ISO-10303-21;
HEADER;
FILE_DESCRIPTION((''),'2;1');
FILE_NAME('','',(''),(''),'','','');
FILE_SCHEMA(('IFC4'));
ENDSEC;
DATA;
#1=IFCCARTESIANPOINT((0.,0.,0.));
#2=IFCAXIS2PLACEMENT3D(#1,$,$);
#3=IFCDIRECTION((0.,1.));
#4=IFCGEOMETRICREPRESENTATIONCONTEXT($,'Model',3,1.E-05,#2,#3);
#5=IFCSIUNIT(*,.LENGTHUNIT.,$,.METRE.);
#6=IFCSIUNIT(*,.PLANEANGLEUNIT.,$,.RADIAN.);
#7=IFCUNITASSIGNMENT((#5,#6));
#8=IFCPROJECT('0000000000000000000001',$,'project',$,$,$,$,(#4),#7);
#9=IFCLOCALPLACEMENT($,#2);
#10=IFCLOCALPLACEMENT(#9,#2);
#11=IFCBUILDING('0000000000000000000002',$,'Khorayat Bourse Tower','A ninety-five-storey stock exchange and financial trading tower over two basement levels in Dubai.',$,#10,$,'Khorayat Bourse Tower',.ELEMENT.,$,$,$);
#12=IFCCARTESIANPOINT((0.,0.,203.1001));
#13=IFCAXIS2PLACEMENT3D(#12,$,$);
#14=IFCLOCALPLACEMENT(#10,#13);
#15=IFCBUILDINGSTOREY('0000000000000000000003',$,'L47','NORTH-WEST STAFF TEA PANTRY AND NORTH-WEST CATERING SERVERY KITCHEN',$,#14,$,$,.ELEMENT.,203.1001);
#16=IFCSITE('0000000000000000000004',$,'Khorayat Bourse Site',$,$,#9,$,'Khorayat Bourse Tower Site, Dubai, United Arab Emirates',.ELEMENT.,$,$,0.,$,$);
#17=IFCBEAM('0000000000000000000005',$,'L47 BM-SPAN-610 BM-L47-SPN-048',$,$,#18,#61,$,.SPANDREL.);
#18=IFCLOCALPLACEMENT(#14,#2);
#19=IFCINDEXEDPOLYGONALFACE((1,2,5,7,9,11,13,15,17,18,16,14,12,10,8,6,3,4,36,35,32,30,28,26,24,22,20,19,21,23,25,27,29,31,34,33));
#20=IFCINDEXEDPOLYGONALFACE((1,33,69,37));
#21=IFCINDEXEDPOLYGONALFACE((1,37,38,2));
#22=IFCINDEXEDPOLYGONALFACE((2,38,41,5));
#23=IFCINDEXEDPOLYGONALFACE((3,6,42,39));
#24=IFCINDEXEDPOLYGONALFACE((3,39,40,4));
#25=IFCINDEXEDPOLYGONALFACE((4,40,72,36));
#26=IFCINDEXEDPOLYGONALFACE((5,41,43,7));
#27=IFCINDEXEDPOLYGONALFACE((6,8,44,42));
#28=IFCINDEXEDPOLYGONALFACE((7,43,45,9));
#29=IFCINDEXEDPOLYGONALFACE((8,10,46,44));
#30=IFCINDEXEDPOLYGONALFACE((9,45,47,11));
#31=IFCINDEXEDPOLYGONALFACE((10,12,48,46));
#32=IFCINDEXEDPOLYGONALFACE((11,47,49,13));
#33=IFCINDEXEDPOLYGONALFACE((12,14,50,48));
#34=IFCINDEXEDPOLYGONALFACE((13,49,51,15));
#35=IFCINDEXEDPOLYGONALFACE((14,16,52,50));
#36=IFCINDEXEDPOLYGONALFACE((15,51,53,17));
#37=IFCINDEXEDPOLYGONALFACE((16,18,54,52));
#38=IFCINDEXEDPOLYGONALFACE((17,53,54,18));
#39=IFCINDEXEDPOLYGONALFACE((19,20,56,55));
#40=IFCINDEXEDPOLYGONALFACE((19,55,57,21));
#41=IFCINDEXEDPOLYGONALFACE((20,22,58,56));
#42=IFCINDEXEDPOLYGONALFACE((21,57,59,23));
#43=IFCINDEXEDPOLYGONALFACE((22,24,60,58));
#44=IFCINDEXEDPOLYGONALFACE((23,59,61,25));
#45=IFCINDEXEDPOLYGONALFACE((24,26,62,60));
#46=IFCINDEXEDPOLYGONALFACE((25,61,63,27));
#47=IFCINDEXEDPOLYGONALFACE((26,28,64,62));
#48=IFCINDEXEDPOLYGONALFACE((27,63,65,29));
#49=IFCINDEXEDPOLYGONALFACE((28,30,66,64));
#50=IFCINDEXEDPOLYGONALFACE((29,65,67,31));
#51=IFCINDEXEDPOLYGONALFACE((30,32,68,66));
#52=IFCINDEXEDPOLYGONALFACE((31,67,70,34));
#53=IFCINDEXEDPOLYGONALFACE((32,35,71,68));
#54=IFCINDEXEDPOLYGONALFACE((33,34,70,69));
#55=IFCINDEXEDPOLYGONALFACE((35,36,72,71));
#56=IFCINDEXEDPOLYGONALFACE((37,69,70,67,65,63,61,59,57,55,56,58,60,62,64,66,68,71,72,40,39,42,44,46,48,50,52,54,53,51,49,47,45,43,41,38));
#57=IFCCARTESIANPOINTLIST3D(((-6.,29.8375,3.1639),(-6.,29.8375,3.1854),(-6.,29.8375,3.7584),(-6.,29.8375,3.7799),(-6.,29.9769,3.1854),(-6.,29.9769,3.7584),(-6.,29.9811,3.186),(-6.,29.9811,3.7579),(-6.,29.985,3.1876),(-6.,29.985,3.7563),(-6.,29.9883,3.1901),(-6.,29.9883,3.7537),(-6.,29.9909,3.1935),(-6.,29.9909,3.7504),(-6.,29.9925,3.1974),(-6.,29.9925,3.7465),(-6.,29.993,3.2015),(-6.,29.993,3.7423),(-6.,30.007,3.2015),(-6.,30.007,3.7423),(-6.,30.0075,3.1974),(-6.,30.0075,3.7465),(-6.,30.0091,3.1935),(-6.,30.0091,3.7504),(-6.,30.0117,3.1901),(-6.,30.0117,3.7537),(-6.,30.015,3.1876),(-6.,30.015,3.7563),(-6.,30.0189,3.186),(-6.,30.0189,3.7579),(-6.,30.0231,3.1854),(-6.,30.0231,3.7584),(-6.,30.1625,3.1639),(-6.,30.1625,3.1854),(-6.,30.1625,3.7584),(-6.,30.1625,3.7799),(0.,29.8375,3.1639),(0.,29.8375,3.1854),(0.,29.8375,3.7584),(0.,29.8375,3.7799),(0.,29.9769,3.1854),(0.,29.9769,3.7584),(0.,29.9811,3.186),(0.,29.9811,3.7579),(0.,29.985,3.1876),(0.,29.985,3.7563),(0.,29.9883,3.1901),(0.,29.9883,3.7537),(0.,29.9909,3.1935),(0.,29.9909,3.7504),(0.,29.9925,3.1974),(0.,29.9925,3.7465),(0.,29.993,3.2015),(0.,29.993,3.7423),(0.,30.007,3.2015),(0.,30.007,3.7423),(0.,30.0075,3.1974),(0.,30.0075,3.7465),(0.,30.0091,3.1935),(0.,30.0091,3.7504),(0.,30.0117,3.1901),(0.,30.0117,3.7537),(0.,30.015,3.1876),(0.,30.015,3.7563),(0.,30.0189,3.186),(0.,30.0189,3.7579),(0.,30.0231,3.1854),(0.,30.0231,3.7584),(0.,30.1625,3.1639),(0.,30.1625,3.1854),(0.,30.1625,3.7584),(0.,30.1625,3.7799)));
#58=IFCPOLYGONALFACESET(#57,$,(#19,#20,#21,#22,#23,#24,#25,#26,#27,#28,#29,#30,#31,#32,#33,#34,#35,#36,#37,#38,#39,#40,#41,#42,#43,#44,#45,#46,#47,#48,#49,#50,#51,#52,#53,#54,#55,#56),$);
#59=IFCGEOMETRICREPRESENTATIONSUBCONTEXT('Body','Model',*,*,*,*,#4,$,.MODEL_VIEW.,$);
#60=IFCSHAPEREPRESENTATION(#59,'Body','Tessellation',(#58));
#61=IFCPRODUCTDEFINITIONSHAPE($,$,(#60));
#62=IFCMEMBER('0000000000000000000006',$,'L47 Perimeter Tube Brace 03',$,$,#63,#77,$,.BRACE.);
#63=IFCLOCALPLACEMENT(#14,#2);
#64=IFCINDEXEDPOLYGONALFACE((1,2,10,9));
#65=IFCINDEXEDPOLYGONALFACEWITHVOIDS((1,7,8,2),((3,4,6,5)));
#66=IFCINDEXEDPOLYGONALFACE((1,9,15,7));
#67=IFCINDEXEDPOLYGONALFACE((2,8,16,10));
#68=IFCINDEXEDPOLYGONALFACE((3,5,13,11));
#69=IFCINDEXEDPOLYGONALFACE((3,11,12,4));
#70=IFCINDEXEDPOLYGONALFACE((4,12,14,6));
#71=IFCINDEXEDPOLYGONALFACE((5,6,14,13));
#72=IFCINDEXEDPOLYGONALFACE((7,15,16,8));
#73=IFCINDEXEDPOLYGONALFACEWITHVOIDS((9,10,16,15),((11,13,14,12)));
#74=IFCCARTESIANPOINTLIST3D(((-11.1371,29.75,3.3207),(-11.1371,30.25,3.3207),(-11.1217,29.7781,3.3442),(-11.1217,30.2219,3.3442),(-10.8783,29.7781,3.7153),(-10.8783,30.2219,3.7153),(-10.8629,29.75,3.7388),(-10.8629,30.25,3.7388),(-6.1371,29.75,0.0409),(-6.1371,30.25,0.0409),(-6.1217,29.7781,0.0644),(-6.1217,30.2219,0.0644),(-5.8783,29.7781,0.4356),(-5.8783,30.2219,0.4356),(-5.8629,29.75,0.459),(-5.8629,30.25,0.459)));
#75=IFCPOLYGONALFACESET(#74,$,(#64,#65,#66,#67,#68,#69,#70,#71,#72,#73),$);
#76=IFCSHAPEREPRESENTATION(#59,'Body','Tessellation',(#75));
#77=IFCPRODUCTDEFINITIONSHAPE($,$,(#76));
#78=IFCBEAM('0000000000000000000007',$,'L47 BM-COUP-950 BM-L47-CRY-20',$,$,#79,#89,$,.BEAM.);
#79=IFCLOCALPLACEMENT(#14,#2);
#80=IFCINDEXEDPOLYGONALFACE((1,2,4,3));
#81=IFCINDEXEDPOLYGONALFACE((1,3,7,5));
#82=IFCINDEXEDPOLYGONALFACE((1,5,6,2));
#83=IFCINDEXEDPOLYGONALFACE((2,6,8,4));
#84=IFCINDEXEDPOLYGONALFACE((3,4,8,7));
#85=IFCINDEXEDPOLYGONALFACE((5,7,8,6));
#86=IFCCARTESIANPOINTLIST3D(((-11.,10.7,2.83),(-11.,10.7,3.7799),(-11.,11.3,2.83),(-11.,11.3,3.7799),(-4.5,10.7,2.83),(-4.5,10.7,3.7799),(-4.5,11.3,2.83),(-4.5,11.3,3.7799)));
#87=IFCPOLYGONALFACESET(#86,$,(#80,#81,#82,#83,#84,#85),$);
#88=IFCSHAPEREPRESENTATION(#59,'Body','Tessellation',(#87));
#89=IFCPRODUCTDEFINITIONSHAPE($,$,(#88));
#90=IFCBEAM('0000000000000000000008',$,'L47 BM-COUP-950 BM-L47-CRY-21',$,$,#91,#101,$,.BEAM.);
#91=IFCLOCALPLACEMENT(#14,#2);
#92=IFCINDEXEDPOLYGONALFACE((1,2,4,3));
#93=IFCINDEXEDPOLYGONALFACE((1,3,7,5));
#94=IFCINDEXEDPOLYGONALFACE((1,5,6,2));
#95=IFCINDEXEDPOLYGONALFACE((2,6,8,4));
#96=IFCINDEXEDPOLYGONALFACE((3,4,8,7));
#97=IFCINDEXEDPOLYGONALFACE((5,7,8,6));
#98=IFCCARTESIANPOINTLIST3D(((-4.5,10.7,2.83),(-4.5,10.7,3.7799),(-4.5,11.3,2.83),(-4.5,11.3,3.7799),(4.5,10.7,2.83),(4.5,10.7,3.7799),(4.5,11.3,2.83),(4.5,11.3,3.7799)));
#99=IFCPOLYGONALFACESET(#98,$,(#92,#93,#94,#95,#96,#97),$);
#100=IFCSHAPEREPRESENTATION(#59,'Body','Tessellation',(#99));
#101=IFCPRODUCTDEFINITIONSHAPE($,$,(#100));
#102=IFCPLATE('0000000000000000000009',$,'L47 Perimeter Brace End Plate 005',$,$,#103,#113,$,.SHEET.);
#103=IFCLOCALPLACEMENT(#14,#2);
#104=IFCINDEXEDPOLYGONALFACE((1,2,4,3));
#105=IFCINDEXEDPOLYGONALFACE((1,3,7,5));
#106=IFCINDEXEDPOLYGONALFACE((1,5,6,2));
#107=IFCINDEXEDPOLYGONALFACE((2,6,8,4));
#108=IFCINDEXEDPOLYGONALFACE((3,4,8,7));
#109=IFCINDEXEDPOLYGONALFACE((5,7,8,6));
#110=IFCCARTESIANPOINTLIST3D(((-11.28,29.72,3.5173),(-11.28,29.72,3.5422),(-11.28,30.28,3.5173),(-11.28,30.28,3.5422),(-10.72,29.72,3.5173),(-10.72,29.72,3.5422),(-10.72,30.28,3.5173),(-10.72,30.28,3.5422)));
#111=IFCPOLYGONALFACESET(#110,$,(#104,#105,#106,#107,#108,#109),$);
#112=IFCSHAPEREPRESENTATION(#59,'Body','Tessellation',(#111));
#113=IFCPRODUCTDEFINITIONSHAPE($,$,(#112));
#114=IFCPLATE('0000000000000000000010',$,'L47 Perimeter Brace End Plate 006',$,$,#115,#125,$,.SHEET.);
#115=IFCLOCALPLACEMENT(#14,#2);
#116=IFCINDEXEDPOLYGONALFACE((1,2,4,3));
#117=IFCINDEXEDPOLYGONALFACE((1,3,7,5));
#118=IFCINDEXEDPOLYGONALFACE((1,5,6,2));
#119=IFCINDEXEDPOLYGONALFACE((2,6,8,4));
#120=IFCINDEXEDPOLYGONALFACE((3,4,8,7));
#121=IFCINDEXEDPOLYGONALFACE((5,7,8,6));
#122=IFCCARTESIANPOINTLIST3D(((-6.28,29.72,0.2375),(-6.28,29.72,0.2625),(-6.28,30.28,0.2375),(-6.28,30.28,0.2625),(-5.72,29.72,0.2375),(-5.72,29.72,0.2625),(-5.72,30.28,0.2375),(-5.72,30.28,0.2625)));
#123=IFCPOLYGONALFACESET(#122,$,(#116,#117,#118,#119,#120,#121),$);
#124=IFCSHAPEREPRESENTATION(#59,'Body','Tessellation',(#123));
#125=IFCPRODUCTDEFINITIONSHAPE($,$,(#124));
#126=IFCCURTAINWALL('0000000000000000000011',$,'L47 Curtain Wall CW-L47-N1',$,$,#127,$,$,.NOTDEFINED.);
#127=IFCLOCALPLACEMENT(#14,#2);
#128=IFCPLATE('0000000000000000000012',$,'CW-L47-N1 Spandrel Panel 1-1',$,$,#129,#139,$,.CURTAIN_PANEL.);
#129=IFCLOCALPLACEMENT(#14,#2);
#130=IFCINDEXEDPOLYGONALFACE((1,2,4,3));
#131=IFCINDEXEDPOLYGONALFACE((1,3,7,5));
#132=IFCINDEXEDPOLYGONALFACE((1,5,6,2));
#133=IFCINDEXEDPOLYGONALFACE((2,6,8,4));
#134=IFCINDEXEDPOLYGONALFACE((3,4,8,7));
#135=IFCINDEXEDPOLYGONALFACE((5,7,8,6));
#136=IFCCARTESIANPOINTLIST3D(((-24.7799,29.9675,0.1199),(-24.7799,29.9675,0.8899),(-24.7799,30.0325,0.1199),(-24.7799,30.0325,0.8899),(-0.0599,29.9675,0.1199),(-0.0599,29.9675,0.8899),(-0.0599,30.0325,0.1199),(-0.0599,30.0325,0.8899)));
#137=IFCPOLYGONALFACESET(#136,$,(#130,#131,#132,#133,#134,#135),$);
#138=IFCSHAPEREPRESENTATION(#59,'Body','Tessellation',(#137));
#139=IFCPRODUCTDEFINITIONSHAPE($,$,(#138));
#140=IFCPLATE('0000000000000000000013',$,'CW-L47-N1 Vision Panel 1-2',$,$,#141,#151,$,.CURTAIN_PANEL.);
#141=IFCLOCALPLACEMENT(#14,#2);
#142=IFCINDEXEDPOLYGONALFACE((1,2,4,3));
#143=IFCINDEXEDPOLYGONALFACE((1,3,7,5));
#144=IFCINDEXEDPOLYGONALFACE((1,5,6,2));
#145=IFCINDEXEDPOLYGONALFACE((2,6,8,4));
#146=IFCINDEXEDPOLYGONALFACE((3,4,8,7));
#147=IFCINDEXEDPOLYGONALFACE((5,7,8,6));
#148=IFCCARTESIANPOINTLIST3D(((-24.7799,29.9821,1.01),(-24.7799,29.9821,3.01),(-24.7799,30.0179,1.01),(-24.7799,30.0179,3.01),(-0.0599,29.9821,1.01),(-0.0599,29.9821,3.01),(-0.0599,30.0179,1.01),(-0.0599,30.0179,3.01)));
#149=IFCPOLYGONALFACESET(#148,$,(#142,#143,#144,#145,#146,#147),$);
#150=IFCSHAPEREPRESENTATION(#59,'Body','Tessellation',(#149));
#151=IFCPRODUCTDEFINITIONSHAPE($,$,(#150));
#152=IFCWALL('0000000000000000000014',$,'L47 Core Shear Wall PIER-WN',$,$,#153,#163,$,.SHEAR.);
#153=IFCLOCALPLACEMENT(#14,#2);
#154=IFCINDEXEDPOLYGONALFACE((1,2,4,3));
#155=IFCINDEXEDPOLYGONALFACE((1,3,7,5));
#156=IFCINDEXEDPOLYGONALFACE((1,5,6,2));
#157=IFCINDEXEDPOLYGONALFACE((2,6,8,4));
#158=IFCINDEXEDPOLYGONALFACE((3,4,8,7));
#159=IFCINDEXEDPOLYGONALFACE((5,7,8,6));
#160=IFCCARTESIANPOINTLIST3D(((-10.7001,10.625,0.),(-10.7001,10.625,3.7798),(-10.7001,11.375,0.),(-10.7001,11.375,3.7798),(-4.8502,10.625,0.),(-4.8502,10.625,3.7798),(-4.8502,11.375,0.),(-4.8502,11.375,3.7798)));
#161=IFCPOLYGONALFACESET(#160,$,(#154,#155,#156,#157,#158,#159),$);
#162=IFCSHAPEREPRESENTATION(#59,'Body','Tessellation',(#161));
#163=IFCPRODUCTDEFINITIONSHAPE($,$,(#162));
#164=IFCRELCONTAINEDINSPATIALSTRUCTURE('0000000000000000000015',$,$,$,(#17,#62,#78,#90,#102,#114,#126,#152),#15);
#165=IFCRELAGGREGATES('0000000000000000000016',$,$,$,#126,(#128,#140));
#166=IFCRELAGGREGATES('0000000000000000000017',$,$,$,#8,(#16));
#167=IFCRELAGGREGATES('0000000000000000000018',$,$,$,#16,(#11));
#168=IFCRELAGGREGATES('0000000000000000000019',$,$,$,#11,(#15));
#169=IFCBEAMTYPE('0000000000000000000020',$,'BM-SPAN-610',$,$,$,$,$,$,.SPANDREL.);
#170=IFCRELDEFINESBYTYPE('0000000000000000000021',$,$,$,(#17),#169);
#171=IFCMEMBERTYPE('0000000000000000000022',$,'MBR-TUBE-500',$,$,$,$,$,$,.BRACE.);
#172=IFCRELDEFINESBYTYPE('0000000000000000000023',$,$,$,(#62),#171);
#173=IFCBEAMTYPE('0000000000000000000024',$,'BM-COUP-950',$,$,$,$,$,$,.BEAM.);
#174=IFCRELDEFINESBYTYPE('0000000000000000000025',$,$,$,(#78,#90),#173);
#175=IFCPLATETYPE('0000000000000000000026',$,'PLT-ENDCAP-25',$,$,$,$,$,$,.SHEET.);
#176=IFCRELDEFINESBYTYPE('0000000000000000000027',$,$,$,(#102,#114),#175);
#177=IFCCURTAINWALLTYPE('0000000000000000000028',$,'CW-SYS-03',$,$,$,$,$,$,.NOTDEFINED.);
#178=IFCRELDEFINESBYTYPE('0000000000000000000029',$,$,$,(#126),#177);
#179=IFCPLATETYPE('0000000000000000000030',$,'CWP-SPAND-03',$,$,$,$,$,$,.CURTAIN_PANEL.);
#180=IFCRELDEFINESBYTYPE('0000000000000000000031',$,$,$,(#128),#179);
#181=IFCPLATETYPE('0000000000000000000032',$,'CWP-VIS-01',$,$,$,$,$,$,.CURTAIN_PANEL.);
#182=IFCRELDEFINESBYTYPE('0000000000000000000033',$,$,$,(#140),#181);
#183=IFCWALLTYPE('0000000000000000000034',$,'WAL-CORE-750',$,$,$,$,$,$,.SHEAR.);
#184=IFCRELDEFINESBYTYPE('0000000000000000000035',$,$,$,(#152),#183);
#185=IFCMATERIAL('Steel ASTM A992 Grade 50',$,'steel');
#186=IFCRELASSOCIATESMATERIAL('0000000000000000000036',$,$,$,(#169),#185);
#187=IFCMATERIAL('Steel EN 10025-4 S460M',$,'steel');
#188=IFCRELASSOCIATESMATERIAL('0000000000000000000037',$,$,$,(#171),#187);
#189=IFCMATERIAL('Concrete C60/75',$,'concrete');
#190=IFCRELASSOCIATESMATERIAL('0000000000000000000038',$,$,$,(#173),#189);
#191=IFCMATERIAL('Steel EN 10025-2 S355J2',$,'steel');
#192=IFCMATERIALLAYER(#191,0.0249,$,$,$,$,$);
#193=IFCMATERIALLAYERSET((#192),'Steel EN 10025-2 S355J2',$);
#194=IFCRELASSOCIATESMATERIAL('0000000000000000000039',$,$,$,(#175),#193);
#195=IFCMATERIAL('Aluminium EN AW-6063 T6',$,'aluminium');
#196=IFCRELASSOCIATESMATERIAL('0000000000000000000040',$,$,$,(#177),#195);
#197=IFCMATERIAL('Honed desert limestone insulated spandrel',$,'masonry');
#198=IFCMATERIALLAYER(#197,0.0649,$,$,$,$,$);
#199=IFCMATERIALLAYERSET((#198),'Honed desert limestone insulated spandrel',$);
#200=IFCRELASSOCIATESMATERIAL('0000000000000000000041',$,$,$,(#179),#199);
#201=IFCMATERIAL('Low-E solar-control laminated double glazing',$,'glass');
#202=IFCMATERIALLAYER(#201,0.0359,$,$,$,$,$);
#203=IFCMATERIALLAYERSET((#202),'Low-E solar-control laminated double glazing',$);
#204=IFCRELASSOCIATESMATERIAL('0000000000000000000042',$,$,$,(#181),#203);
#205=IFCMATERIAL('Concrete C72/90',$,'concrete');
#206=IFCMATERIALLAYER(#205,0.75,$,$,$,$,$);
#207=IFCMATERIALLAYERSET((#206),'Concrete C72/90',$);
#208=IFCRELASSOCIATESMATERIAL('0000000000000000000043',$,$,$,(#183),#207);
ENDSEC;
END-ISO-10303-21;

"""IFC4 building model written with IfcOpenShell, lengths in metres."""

from ifc_helpers import new_model, si_unit, direction, frame, frame_2d, origin, origin_2d, place, context, subcontext, project, spatial, rectangle, hollow_rectangle, i_section, extrude, source, transform, mapped, material, layer, layer_set, material_profile, profile_set, type_object, element, aggregate, save


model = new_model("IFC4")

# Units and contexts
model_context = context("Model", 3, precision=1e-05, world=origin(), true_north=direction((0.0, 1.0)))
body_context = subcontext(model_context, "Body", "Model", "MODEL_VIEW")
ifc_project = project(units=[si_unit("LENGTHUNIT", "METRE"), si_unit("PLANEANGLEUNIT", "RADIAN")], contexts=[model_context])

# Site, building, storey
site_placement = place(None, origin())
site = spatial("IfcSite", under=ifc_project, at=site_placement, Name="Khorayat Bourse Site", LongName="Khorayat Bourse Tower Site, Dubai, United Arab Emirates", CompositionType="ELEMENT", RefElevation=0.0)
building_placement = place(site_placement, origin())
building = spatial("IfcBuilding", under=site, at=building_placement, Name="Khorayat Bourse Tower", Description="A ninety-five-storey stock exchange and financial trading tower over two basement levels in Dubai.", LongName="Khorayat Bourse Tower", CompositionType="ELEMENT")
storey_placement = place(building_placement, frame((0.0, 0.0, 203.1001)))
storey = spatial("IfcBuildingStorey", under=building, at=storey_placement, Name="L47", Description="NORTH-WEST STAFF TEA PANTRY AND NORTH-WEST CATERING SERVERY KITCHEN", CompositionType="ELEMENT", Elevation=203.1001)

# Shared definitions
ifc_material_1 = material(Name="Steel EN 10025-4 S460M", Category="steel")
ifc_material_2 = material(Name="Concrete C60/75", Category="concrete")

# Beam
ifc_material_3 = material(Name="Steel ASTM A992 Grade 50", Category="steel")
ifc_material_profile_1 = material_profile(ifc_material_3, i_section(OverallWidth=0.325, OverallDepth=0.616, WebThickness=0.0139, FlangeThickness=0.0215, FilletRadius=0.0161, at=origin_2d()), Name="W610X174")
ifc_profile_set_1 = profile_set([ifc_material_profile_1], Name="Steel ASTM A992 Grade 50")
beam_type_1 = type_object("IfcBeamType", Name="BM-SPAN-610", PredefinedType="SPANDREL", material=ifc_profile_set_1)
shared_shape_1 = source(origin(), body_context, "Body", "SweptSolid", [
    extrude(i_section(OverallWidth=0.325, OverallDepth=0.616, WebThickness=0.0139, FlangeThickness=0.0215, FilletRadius=0.0161, at=origin_2d()), origin(), (0.0, 0.0, 1.0), 6.0),
])
beam_1_placement = place(storey_placement, frame((-6.0, 30.0, 3.4719), z_axis=(1.0, 0.0, 0.0), x_axis=(0.0, 1.0, 0.0)))
element("IfcBeam", 1, at=beam_1_placement, inside=storey, type_object=beam_type_1, Name="L47 BM-SPAN-610 BM-L47-SPN-048", PredefinedType="SPANDREL", context=body_context, shape_type="MappedRepresentation", body=[
    mapped(shared_shape_1, transform((0.0, 0.0, 0.0), scale=1.0)),
])

# Member
ifc_material_profile_2 = material_profile(ifc_material_1, hollow_rectangle(XDim=0.5, YDim=0.5, WallThickness=0.0281, at=origin_2d()), Name="HSS 500x500x28")
ifc_profile_set_2 = profile_set([ifc_material_profile_2], Name="Steel EN 10025-4 S460M")
member_type = type_object("IfcMemberType", Name="MBR-TUBE-500", PredefinedType="BRACE", material=ifc_profile_set_2)
shared_shape_2 = source(origin(), body_context, "Body", "SweptSolid", [
    extrude(hollow_rectangle(XDim=0.5, YDim=0.5, WallThickness=0.0281, at=origin_2d()), origin(), (0.0, 0.0, 1.0), 5.9797),
])
member_placement = place(storey_placement, frame((-11.0, 30.0, 3.5298), z_axis=(0.83616, 0.0, -0.548485), x_axis=(0.0, 1.0, 0.0)))
element("IfcMember", 2, at=member_placement, inside=storey, type_object=member_type, Name="L47 Perimeter Tube Brace 03", PredefinedType="BRACE", context=body_context, shape_type="MappedRepresentation", body=[
    mapped(shared_shape_2, transform((0.0, 0.0, 0.0), scale=1.0)),
])

# Beams
ifc_material_profile_3 = material_profile(ifc_material_2, rectangle(XDim=0.6001, YDim=0.95, at=origin_2d()), Name="RC 600x950")
ifc_profile_set_3 = profile_set([ifc_material_profile_3], Name="Concrete C60/75")
beam_type_2 = type_object("IfcBeamType", Name="BM-COUP-950", PredefinedType="BEAM", material=ifc_profile_set_3)
shared_shape_3 = source(origin(), body_context, "Body", "SweptSolid", [
    extrude(rectangle(XDim=0.6001, YDim=0.95, at=origin_2d()), origin(), (0.0, 0.0, 1.0), 6.5),
])
beam_2_placement = place(storey_placement, frame((-11.0, 11.0, 3.3049), z_axis=(1.0, 0.0, 0.0), x_axis=(0.0, 1.0, 0.0)))
element("IfcBeam", 3, at=beam_2_placement, inside=storey, type_object=beam_type_2, Name="L47 BM-COUP-950 BM-L47-CRY-20", PredefinedType="BEAM", context=body_context, shape_type="MappedRepresentation", body=[
    mapped(shared_shape_3, transform((0.0, 0.0, 0.0), scale=1.0)),
])
shared_shape_4 = source(origin(), body_context, "Body", "SweptSolid", [
    extrude(rectangle(XDim=0.6001, YDim=0.95, at=origin_2d()), origin(), (0.0, 0.0, 1.0), 9.0),
])
beam_3_placement = place(storey_placement, frame((-4.5, 11.0, 3.3049), z_axis=(1.0, 0.0, 0.0), x_axis=(0.0, 1.0, 0.0)))
element("IfcBeam", 4, at=beam_3_placement, inside=storey, type_object=beam_type_2, Name="L47 BM-COUP-950 BM-L47-CRY-21", PredefinedType="BEAM", context=body_context, shape_type="MappedRepresentation", body=[
    mapped(shared_shape_4, transform((0.0, 0.0, 0.0), scale=1.0)),
])

# Plates
ifc_material_4 = material(Name="Steel EN 10025-2 S355J2", Category="steel")
ifc_layer_1 = layer(ifc_material_4, 0.0249)
ifc_layer_set_1 = layer_set([ifc_layer_1], Name="Steel EN 10025-2 S355J2")
plate_type_1 = type_object("IfcPlateType", Name="PLT-ENDCAP-25", PredefinedType="SHEET", material=ifc_layer_set_1)
shared_shape_5 = source(origin(), body_context, "Body", "SweptSolid", [
    extrude(rectangle(XDim=0.5601, YDim=0.5601, at=origin_2d()), origin(), (0.0, 0.0, 1.0), 0.0249),
])
for number, where, z_axis, x_axis, name in (
    (5, (-11.0, 30.0, 3.5173), (0.0, 0.0, 1.0), (1.0, 0.0, 0.0), "L47 Perimeter Brace End Plate 005"),
    (6, (-6.0, 30.0, 0.2375), (0.0, 0.0, 1.0), (1.0, 0.0, 0.0), "L47 Perimeter Brace End Plate 006"),
):
    element("IfcPlate", number, at=place(storey_placement, frame(where, z_axis=z_axis, x_axis=x_axis)), inside=storey, type_object=plate_type_1, Name=name, PredefinedType="SHEET", context=body_context, shape_type="MappedRepresentation", body=[
        mapped(shared_shape_5, transform((0.0, 0.0, 0.0), scale=1.0)),
    ])

# Curtain wall, plates
ifc_material_5 = material(Name="Aluminium EN AW-6063 T6", Category="aluminium")
curtain_wall_type = type_object("IfcCurtainWallType", Name="CW-SYS-03", PredefinedType="NOTDEFINED", material=ifc_material_5)
curtain_wall_placement = place(storey_placement, origin())
curtain_wall = element("IfcCurtainWall", 7, at=curtain_wall_placement, inside=storey, type_object=curtain_wall_type, Name="L47 Curtain Wall CW-L47-N1", PredefinedType="NOTDEFINED")
ifc_material_6 = material(Name="Honed desert limestone insulated spandrel", Category="masonry")
ifc_layer_2 = layer(ifc_material_6, 0.0649)
ifc_layer_set_2 = layer_set([ifc_layer_2], Name="Honed desert limestone insulated spandrel")
plate_type_2 = type_object("IfcPlateType", Name="CWP-SPAND-03", PredefinedType="CURTAIN_PANEL", material=ifc_layer_set_2)
shared_shape_6 = source(origin(), body_context, "Body", "SweptSolid", [
    extrude(rectangle(XDim=24.72, YDim=0.0649, at=origin_2d()), origin(), (0.0, 0.0, 1.0), 0.77),
])
plate_1_placement = place(storey_placement, frame((-12.4199, 30.0, 0.1199), z_axis=(0.0, 0.0, 1.0), x_axis=(1.0, 0.0, 0.0)))
plate_1 = element("IfcPlate", 8, at=plate_1_placement, type_object=plate_type_2, Name="CW-L47-N1 Spandrel Panel 1-1", PredefinedType="CURTAIN_PANEL", context=body_context, shape_type="MappedRepresentation", body=[
    mapped(shared_shape_6, transform((0.0, 0.0, 0.0), scale=1.0)),
])
ifc_material_7 = material(Name="Low-E solar-control laminated double glazing", Category="glass")
ifc_layer_3 = layer(ifc_material_7, 0.0359)
ifc_layer_set_3 = layer_set([ifc_layer_3], Name="Low-E solar-control laminated double glazing")
plate_type_3 = type_object("IfcPlateType", Name="CWP-VIS-01", PredefinedType="CURTAIN_PANEL", material=ifc_layer_set_3)
shared_shape_7 = source(origin(), body_context, "Body", "SweptSolid", [
    extrude(rectangle(XDim=24.72, YDim=0.0359, at=origin_2d()), origin(), (0.0, 0.0, 1.0), 2.0),
])
plate_2_placement = place(storey_placement, frame((-12.4199, 30.0, 1.01), z_axis=(0.0, 0.0, 1.0), x_axis=(1.0, 0.0, 0.0)))
plate_2 = element("IfcPlate", 9, at=plate_2_placement, type_object=plate_type_3, Name="CW-L47-N1 Vision Panel 1-2", PredefinedType="CURTAIN_PANEL", context=body_context, shape_type="MappedRepresentation", body=[
    mapped(shared_shape_7, transform((0.0, 0.0, 0.0), scale=1.0)),
])
aggregate(curtain_wall, [plate_1, plate_2])

# Wall
ifc_material_8 = material(Name="Concrete C72/90", Category="concrete")
ifc_layer_4 = layer(ifc_material_8, 0.75)
ifc_layer_set_4 = layer_set([ifc_layer_4], Name="Concrete C72/90")
wall_type_1 = type_object("IfcWallType", Name="WAL-CORE-750", PredefinedType="SHEAR", material=ifc_layer_set_4)
shared_shape_8 = source(origin(), body_context, "Body", "SweptSolid", [
    extrude(rectangle(XDim=5.8499, YDim=0.75, at=frame_2d((2.9248, 0.0))), origin(), (0.0, 0.0, 1.0), 3.7798),
])
wall_1_placement = place(storey_placement, frame((-10.7, 11.0, 0.0), z_axis=(0.0, 0.0, 1.0), x_axis=(1.0, 0.0, 0.0)))
element("IfcWall", 10, at=wall_1_placement, inside=storey, type_object=wall_type_1, Name="L47 Core Shear Wall PIER-WN", PredefinedType="SHEAR", context=body_context, shape_type="MappedRepresentation", body=[
    mapped(shared_shape_8, transform((0.0, 0.0, 0.0), scale=1.0)),
])

save(model, "model.ifc")
